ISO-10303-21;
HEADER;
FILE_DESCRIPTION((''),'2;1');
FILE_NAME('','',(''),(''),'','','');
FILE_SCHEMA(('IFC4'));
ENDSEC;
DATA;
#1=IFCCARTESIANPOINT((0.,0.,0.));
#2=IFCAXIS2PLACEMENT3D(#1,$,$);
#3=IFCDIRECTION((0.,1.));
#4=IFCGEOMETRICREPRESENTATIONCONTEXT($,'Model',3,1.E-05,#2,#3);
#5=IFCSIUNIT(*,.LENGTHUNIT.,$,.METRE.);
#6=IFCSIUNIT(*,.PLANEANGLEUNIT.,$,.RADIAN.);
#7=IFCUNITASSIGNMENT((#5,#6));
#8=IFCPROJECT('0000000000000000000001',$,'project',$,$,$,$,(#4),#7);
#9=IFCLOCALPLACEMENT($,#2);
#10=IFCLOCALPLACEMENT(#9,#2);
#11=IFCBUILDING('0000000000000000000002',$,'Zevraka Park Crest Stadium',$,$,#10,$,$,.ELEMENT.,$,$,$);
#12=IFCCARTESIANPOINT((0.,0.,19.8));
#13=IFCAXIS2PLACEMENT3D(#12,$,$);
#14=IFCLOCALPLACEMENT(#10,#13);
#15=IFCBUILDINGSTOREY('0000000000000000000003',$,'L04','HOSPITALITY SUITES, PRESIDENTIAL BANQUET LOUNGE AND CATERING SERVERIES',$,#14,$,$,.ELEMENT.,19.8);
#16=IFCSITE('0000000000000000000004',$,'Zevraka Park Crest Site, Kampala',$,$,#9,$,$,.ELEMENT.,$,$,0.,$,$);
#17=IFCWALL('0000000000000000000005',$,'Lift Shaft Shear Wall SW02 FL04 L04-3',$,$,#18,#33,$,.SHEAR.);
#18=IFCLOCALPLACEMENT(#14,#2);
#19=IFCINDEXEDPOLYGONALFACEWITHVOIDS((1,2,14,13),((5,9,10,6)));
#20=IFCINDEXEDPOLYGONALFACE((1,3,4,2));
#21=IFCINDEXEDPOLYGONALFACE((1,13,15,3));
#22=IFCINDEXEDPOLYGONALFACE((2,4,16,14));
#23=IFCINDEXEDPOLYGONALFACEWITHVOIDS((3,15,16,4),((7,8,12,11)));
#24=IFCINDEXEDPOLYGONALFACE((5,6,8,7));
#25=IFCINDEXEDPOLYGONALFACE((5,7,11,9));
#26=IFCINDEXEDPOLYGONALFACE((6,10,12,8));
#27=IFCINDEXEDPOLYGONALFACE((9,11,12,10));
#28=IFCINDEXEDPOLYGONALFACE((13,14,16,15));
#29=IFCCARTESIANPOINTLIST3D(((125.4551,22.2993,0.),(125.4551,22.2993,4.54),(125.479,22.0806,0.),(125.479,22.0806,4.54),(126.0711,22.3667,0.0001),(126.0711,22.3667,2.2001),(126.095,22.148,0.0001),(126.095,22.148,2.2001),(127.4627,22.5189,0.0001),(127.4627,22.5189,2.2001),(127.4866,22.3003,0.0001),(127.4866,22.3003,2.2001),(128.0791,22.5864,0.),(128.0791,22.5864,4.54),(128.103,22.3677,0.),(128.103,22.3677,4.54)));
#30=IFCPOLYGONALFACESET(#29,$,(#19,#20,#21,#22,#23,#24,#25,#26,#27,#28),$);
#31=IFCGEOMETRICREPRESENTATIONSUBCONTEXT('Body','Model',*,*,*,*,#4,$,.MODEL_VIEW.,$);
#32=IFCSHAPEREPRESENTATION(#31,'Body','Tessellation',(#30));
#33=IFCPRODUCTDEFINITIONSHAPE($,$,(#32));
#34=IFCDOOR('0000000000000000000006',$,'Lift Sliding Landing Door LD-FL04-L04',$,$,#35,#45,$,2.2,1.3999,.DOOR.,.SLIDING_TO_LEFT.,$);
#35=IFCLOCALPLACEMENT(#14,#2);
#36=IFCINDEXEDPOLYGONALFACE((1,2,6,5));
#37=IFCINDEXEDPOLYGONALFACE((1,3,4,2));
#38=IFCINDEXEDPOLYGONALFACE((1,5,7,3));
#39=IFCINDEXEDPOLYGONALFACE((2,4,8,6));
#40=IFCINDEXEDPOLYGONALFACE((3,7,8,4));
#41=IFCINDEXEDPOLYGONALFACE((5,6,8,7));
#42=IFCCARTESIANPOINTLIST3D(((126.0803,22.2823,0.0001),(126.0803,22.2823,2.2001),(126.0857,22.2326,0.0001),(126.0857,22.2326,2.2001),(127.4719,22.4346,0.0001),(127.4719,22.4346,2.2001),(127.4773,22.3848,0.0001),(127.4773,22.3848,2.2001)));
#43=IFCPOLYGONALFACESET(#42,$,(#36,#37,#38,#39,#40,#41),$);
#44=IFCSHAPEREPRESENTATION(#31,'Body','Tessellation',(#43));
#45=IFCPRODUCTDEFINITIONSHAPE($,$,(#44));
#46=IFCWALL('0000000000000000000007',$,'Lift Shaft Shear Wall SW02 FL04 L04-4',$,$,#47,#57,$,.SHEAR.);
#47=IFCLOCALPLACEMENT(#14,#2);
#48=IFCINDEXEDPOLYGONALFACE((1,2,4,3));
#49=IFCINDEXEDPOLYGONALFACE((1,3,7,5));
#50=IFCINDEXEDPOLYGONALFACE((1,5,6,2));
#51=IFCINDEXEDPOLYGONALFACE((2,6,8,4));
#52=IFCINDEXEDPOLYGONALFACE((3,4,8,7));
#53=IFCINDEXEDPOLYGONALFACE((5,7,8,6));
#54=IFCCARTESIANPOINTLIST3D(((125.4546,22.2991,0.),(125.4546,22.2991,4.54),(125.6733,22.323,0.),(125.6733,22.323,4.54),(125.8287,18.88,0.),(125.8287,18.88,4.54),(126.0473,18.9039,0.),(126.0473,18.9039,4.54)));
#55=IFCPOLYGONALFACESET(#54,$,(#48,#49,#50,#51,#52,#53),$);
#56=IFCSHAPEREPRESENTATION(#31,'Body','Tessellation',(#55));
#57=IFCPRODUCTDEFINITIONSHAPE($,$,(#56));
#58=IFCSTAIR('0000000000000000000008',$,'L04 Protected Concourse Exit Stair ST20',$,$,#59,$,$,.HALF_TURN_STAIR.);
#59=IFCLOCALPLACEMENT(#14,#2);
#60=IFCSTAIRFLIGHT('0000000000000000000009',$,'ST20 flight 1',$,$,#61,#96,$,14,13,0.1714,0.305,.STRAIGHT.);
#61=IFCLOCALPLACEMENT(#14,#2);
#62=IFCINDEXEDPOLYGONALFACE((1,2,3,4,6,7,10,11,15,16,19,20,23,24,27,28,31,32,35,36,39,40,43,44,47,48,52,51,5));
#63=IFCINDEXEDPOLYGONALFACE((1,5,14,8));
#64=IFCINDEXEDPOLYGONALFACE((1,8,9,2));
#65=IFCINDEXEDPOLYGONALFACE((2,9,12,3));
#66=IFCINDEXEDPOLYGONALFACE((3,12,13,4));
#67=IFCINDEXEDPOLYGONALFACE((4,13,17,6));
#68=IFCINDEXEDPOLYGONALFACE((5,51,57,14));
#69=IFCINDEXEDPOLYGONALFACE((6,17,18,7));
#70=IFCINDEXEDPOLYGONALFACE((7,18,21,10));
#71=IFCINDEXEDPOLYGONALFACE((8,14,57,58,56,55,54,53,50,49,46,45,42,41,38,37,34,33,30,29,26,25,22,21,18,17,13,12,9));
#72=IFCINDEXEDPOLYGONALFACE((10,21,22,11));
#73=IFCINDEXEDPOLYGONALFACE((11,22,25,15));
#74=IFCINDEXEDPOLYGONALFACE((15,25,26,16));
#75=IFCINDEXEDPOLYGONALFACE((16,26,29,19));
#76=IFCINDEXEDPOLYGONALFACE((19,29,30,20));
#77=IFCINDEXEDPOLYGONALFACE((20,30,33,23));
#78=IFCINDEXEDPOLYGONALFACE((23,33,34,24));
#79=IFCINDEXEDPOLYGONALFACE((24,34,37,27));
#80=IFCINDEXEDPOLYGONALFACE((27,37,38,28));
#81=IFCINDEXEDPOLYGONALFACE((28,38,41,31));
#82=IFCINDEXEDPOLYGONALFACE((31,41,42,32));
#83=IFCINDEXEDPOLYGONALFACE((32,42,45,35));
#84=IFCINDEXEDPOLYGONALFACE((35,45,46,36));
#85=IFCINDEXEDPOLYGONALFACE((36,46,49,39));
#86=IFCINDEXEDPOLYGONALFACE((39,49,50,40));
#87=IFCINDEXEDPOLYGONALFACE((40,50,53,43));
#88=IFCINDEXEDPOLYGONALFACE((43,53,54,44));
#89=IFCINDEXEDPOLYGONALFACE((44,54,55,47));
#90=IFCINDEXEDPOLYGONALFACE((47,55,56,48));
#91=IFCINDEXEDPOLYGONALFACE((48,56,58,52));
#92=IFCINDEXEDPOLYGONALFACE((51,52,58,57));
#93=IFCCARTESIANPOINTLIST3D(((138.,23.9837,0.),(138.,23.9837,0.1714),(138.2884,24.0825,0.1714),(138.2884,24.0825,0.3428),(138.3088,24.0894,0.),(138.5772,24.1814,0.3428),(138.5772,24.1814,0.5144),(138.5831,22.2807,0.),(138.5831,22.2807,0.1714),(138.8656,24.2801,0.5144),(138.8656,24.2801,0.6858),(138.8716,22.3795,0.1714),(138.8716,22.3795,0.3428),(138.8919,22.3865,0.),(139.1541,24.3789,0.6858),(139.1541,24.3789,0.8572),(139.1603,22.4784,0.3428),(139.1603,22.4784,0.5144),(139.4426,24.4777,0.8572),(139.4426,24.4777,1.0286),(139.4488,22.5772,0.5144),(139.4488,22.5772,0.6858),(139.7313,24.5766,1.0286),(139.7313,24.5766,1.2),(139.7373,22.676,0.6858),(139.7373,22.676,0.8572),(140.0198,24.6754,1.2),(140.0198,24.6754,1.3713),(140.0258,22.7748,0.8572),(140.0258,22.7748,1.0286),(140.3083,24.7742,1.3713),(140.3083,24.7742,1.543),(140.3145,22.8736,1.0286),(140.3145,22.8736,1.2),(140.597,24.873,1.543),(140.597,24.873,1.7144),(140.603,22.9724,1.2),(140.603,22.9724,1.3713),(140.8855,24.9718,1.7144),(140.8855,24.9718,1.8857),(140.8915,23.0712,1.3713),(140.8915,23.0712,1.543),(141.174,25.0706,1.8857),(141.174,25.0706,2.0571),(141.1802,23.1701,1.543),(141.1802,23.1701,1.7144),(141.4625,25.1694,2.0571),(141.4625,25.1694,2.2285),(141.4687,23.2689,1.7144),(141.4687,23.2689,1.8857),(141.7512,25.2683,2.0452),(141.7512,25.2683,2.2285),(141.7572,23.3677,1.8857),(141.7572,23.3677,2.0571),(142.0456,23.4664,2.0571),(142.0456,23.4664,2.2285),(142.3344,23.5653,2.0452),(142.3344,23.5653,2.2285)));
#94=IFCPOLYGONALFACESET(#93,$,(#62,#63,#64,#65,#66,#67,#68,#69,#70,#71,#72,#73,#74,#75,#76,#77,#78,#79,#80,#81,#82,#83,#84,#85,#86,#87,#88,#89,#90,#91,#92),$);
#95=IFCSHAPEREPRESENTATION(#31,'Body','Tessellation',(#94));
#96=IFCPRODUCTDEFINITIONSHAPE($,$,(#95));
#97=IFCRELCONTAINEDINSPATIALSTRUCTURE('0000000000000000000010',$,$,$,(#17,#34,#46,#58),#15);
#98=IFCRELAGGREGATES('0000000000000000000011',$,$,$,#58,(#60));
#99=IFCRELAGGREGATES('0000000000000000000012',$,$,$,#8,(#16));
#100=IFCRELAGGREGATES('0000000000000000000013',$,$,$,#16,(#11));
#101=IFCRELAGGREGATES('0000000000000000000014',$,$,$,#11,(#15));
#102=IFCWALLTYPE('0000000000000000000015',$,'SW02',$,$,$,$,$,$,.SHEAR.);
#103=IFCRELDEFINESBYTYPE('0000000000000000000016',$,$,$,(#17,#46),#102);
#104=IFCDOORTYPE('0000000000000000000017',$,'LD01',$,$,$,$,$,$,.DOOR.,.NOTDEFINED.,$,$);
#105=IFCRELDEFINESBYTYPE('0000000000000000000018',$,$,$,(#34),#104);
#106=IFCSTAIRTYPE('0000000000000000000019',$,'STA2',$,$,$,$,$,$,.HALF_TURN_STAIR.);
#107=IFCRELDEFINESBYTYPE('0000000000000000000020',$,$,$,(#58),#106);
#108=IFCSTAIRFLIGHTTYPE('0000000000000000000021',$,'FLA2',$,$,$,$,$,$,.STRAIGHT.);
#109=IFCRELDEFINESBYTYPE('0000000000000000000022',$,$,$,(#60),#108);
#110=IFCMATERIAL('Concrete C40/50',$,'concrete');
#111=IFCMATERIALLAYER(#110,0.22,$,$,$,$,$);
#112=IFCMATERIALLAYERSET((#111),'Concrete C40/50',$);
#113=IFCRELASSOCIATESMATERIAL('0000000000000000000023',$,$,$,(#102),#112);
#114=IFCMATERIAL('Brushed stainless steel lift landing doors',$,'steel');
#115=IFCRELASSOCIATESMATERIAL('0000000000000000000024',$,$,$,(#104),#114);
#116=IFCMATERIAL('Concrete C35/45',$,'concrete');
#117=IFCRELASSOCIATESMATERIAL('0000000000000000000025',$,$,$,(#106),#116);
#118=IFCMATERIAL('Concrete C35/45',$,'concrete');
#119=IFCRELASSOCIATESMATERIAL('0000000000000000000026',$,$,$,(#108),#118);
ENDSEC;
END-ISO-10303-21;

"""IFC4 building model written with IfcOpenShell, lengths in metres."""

from ifc_helpers import new_model, si_unit, direction, frame, frame_2d, origin, place, context, subcontext, project, spatial, polyline, rectangle, outline, extrude, material, layer, layer_set, type_object, element, fill, aggregate, save


model = new_model("IFC4")

# Units and contexts
model_context = context("Model", 3, precision=1e-05, world=origin(), true_north=direction((0.0, 1.0)))
body_context = subcontext(model_context, "Body", "Model", "MODEL_VIEW")
ifc_project = project(units=[si_unit("LENGTHUNIT", "METRE"), si_unit("PLANEANGLEUNIT", "RADIAN")], contexts=[model_context])

# Site, building, storey
site_placement = place(None, origin())
site = spatial("IfcSite", under=ifc_project, at=site_placement, Name="Zevraka Park Crest Site, Kampala", CompositionType="ELEMENT", RefElevation=0.0)
building_placement = place(site_placement, origin())
building = spatial("IfcBuilding", under=site, at=building_placement, Name="Zevraka Park Crest Stadium", CompositionType="ELEMENT")
storey_placement = place(building_placement, frame((0.0, 0.0, 19.8)))
storey = spatial("IfcBuildingStorey", under=building, at=storey_placement, Name="L04", Description="HOSPITALITY SUITES, PRESIDENTIAL BANQUET LOUNGE AND CATERING SERVERIES", CompositionType="ELEMENT", Elevation=19.8)

# Wall, opening, door
ifc_material_1 = material(Name="Concrete C40/50", Category="concrete")
ifc_layer_1 = layer(ifc_material_1, 0.22)
ifc_layer_set_1 = layer_set([ifc_layer_1], Name="Concrete C40/50")
wall_type_1 = type_object("IfcWallType", Name="SW02", PredefinedType="SHEAR", material=ifc_layer_set_1)
wall_1_placement = place(storey_placement, frame((128.0911, 22.4771, 0.0), z_axis=(0.0, 0.0, 1.0), x_axis=(-0.994067, -0.108767, 0.0)))
wall_1 = element("IfcWall", 1, at=wall_1_placement, inside=storey, type_object=wall_type_1, Name="Lift Shaft Shear Wall SW02 FL04 L04-3", PredefinedType="SHEAR", context=body_context, shape_type="SweptSolid", body=[
    extrude(rectangle(XDim=2.6396, YDim=0.22, at=frame_2d((1.3198, 0.0))), origin(), (0.0, 0.0, 1.0), 4.54),
])
opening_1_placement = place(wall_1_placement, frame((0.6201, 0.0, 0.0)))
opening_1 = element("IfcOpeningElement", 2, at=opening_1_placement, cuts=wall_1, PredefinedType="OPENING", context=body_context, shape_type="SweptSolid", body=[
    extrude(rectangle(XDim=1.3999, YDim=2.2, at=frame_2d((0.7, 1.1001))), frame((0.0, 0.1199, 0.0), z_axis=(0.0, -1.0, 0.0), x_axis=(1.0, 0.0, 0.0)), (0.0, 0.0, 1.0), 0.24),
])
ifc_material_2 = material(Name="Brushed stainless steel lift landing doors", Category="steel")
door_type_1 = type_object("IfcDoorType", Name="LD01", OperationType="NOTDEFINED", PredefinedType="DOOR", material=ifc_material_2)
door_1_placement = place(opening_1_placement, origin())
door_1 = element("IfcDoor", 3, at=door_1_placement, inside=storey, type_object=door_type_1, Name="Lift Sliding Landing Door LD-FL04-L04", OperationType="SLIDING_TO_LEFT", OverallHeight=2.2, OverallWidth=1.3999, PredefinedType="DOOR", context=body_context, shape_type="SweptSolid", body=[
    extrude(rectangle(XDim=1.3999, YDim=2.2, at=frame_2d((0.7, 1.1001))), frame((0.0, 0.0249, 0.0), z_axis=(0.0, -1.0, 0.0), x_axis=(1.0, 0.0, 0.0)), (0.0, 0.0, 1.0), 0.05),
])
fill(opening_1, door_1)

# Wall
wall_2_placement = place(storey_placement, frame((125.564, 22.311, 0.0), z_axis=(0.0, 0.0, 1.0), x_axis=(0.108749, -0.994069, 0.0)))
element("IfcWall", 4, at=wall_2_placement, inside=storey, type_object=wall_type_1, Name="Lift Shaft Shear Wall SW02 FL04 L04-4", PredefinedType="SHEAR", context=body_context, shape_type="SweptSolid", body=[
    extrude(rectangle(XDim=3.4395, YDim=0.22, at=frame_2d((1.7197, 0.0))), origin(), (0.0, 0.0, 1.0), 4.54),
])

# Stair, stair flight
ifc_material_3 = material(Name="Concrete C35/45", Category="concrete")
stair_type = type_object("IfcStairType", Name="STA2", PredefinedType="HALF_TURN_STAIR", material=ifc_material_3)
stair_placement = place(storey_placement, origin())
stair = element("IfcStair", 5, at=stair_placement, inside=storey, type_object=stair_type, Name="L04 Protected Concourse Exit Stair ST20", PredefinedType="HALF_TURN_STAIR")
ifc_material_4 = material(Name="Concrete C35/45", Category="concrete")
stair_flight_type = type_object("IfcStairFlightType", Name="FLA2", PredefinedType="STRAIGHT", material=ifc_material_4)
stair_flight_placement = place(storey_placement, frame((138.2915, 23.1323, 0.0), z_axis=(0.0, 0.0, 1.0), x_axis=(0.946066, 0.323974, 0.0)))
stair_flight = element("IfcStairFlight", 6, at=stair_flight_placement, type_object=stair_flight_type, Name="ST20 flight 1", NumberOfRisers=14, NumberOfTreads=13, PredefinedType="STRAIGHT", RiserHeight=0.1714, TreadLength=0.305, context=body_context, shape_type="SweptSolid", body=[
    extrude(outline(polyline([(0.0, 0.0), (0.0, 0.1714), (0.3049, 0.1714), (0.3049, 0.3428), (0.6101, 0.3428), (0.6101, 0.5144), (0.915, 0.5144), (0.915, 0.6858), (1.22, 0.6858), (1.22, 0.8572), (1.5249, 0.8572), (1.5249, 1.0286), (1.8301, 1.0286), (1.8301, 1.2), (2.135, 1.2), (2.135, 1.3713), (2.4399, 1.3713), (2.4399, 1.543), (2.7451, 1.543), (2.7451, 1.7144), (3.05, 1.7144), (3.05, 1.8857), (3.355, 1.8857), (3.355, 2.0571), (3.6599, 2.0571), (3.6599, 2.2285), (3.9651, 2.2285), (3.9651, 2.3999), (3.9651, 2.0452), (0.3264, 0.0), (0.0, 0.0)])), frame((0.0, 0.8999, 0.0), z_axis=(0.0, -1.0, 0.0), x_axis=(1.0, 0.0, 0.0)), (0.0, 0.0, 1.0), 1.8),
])
aggregate(stair, [stair_flight])

save(model, "model.ifc")
